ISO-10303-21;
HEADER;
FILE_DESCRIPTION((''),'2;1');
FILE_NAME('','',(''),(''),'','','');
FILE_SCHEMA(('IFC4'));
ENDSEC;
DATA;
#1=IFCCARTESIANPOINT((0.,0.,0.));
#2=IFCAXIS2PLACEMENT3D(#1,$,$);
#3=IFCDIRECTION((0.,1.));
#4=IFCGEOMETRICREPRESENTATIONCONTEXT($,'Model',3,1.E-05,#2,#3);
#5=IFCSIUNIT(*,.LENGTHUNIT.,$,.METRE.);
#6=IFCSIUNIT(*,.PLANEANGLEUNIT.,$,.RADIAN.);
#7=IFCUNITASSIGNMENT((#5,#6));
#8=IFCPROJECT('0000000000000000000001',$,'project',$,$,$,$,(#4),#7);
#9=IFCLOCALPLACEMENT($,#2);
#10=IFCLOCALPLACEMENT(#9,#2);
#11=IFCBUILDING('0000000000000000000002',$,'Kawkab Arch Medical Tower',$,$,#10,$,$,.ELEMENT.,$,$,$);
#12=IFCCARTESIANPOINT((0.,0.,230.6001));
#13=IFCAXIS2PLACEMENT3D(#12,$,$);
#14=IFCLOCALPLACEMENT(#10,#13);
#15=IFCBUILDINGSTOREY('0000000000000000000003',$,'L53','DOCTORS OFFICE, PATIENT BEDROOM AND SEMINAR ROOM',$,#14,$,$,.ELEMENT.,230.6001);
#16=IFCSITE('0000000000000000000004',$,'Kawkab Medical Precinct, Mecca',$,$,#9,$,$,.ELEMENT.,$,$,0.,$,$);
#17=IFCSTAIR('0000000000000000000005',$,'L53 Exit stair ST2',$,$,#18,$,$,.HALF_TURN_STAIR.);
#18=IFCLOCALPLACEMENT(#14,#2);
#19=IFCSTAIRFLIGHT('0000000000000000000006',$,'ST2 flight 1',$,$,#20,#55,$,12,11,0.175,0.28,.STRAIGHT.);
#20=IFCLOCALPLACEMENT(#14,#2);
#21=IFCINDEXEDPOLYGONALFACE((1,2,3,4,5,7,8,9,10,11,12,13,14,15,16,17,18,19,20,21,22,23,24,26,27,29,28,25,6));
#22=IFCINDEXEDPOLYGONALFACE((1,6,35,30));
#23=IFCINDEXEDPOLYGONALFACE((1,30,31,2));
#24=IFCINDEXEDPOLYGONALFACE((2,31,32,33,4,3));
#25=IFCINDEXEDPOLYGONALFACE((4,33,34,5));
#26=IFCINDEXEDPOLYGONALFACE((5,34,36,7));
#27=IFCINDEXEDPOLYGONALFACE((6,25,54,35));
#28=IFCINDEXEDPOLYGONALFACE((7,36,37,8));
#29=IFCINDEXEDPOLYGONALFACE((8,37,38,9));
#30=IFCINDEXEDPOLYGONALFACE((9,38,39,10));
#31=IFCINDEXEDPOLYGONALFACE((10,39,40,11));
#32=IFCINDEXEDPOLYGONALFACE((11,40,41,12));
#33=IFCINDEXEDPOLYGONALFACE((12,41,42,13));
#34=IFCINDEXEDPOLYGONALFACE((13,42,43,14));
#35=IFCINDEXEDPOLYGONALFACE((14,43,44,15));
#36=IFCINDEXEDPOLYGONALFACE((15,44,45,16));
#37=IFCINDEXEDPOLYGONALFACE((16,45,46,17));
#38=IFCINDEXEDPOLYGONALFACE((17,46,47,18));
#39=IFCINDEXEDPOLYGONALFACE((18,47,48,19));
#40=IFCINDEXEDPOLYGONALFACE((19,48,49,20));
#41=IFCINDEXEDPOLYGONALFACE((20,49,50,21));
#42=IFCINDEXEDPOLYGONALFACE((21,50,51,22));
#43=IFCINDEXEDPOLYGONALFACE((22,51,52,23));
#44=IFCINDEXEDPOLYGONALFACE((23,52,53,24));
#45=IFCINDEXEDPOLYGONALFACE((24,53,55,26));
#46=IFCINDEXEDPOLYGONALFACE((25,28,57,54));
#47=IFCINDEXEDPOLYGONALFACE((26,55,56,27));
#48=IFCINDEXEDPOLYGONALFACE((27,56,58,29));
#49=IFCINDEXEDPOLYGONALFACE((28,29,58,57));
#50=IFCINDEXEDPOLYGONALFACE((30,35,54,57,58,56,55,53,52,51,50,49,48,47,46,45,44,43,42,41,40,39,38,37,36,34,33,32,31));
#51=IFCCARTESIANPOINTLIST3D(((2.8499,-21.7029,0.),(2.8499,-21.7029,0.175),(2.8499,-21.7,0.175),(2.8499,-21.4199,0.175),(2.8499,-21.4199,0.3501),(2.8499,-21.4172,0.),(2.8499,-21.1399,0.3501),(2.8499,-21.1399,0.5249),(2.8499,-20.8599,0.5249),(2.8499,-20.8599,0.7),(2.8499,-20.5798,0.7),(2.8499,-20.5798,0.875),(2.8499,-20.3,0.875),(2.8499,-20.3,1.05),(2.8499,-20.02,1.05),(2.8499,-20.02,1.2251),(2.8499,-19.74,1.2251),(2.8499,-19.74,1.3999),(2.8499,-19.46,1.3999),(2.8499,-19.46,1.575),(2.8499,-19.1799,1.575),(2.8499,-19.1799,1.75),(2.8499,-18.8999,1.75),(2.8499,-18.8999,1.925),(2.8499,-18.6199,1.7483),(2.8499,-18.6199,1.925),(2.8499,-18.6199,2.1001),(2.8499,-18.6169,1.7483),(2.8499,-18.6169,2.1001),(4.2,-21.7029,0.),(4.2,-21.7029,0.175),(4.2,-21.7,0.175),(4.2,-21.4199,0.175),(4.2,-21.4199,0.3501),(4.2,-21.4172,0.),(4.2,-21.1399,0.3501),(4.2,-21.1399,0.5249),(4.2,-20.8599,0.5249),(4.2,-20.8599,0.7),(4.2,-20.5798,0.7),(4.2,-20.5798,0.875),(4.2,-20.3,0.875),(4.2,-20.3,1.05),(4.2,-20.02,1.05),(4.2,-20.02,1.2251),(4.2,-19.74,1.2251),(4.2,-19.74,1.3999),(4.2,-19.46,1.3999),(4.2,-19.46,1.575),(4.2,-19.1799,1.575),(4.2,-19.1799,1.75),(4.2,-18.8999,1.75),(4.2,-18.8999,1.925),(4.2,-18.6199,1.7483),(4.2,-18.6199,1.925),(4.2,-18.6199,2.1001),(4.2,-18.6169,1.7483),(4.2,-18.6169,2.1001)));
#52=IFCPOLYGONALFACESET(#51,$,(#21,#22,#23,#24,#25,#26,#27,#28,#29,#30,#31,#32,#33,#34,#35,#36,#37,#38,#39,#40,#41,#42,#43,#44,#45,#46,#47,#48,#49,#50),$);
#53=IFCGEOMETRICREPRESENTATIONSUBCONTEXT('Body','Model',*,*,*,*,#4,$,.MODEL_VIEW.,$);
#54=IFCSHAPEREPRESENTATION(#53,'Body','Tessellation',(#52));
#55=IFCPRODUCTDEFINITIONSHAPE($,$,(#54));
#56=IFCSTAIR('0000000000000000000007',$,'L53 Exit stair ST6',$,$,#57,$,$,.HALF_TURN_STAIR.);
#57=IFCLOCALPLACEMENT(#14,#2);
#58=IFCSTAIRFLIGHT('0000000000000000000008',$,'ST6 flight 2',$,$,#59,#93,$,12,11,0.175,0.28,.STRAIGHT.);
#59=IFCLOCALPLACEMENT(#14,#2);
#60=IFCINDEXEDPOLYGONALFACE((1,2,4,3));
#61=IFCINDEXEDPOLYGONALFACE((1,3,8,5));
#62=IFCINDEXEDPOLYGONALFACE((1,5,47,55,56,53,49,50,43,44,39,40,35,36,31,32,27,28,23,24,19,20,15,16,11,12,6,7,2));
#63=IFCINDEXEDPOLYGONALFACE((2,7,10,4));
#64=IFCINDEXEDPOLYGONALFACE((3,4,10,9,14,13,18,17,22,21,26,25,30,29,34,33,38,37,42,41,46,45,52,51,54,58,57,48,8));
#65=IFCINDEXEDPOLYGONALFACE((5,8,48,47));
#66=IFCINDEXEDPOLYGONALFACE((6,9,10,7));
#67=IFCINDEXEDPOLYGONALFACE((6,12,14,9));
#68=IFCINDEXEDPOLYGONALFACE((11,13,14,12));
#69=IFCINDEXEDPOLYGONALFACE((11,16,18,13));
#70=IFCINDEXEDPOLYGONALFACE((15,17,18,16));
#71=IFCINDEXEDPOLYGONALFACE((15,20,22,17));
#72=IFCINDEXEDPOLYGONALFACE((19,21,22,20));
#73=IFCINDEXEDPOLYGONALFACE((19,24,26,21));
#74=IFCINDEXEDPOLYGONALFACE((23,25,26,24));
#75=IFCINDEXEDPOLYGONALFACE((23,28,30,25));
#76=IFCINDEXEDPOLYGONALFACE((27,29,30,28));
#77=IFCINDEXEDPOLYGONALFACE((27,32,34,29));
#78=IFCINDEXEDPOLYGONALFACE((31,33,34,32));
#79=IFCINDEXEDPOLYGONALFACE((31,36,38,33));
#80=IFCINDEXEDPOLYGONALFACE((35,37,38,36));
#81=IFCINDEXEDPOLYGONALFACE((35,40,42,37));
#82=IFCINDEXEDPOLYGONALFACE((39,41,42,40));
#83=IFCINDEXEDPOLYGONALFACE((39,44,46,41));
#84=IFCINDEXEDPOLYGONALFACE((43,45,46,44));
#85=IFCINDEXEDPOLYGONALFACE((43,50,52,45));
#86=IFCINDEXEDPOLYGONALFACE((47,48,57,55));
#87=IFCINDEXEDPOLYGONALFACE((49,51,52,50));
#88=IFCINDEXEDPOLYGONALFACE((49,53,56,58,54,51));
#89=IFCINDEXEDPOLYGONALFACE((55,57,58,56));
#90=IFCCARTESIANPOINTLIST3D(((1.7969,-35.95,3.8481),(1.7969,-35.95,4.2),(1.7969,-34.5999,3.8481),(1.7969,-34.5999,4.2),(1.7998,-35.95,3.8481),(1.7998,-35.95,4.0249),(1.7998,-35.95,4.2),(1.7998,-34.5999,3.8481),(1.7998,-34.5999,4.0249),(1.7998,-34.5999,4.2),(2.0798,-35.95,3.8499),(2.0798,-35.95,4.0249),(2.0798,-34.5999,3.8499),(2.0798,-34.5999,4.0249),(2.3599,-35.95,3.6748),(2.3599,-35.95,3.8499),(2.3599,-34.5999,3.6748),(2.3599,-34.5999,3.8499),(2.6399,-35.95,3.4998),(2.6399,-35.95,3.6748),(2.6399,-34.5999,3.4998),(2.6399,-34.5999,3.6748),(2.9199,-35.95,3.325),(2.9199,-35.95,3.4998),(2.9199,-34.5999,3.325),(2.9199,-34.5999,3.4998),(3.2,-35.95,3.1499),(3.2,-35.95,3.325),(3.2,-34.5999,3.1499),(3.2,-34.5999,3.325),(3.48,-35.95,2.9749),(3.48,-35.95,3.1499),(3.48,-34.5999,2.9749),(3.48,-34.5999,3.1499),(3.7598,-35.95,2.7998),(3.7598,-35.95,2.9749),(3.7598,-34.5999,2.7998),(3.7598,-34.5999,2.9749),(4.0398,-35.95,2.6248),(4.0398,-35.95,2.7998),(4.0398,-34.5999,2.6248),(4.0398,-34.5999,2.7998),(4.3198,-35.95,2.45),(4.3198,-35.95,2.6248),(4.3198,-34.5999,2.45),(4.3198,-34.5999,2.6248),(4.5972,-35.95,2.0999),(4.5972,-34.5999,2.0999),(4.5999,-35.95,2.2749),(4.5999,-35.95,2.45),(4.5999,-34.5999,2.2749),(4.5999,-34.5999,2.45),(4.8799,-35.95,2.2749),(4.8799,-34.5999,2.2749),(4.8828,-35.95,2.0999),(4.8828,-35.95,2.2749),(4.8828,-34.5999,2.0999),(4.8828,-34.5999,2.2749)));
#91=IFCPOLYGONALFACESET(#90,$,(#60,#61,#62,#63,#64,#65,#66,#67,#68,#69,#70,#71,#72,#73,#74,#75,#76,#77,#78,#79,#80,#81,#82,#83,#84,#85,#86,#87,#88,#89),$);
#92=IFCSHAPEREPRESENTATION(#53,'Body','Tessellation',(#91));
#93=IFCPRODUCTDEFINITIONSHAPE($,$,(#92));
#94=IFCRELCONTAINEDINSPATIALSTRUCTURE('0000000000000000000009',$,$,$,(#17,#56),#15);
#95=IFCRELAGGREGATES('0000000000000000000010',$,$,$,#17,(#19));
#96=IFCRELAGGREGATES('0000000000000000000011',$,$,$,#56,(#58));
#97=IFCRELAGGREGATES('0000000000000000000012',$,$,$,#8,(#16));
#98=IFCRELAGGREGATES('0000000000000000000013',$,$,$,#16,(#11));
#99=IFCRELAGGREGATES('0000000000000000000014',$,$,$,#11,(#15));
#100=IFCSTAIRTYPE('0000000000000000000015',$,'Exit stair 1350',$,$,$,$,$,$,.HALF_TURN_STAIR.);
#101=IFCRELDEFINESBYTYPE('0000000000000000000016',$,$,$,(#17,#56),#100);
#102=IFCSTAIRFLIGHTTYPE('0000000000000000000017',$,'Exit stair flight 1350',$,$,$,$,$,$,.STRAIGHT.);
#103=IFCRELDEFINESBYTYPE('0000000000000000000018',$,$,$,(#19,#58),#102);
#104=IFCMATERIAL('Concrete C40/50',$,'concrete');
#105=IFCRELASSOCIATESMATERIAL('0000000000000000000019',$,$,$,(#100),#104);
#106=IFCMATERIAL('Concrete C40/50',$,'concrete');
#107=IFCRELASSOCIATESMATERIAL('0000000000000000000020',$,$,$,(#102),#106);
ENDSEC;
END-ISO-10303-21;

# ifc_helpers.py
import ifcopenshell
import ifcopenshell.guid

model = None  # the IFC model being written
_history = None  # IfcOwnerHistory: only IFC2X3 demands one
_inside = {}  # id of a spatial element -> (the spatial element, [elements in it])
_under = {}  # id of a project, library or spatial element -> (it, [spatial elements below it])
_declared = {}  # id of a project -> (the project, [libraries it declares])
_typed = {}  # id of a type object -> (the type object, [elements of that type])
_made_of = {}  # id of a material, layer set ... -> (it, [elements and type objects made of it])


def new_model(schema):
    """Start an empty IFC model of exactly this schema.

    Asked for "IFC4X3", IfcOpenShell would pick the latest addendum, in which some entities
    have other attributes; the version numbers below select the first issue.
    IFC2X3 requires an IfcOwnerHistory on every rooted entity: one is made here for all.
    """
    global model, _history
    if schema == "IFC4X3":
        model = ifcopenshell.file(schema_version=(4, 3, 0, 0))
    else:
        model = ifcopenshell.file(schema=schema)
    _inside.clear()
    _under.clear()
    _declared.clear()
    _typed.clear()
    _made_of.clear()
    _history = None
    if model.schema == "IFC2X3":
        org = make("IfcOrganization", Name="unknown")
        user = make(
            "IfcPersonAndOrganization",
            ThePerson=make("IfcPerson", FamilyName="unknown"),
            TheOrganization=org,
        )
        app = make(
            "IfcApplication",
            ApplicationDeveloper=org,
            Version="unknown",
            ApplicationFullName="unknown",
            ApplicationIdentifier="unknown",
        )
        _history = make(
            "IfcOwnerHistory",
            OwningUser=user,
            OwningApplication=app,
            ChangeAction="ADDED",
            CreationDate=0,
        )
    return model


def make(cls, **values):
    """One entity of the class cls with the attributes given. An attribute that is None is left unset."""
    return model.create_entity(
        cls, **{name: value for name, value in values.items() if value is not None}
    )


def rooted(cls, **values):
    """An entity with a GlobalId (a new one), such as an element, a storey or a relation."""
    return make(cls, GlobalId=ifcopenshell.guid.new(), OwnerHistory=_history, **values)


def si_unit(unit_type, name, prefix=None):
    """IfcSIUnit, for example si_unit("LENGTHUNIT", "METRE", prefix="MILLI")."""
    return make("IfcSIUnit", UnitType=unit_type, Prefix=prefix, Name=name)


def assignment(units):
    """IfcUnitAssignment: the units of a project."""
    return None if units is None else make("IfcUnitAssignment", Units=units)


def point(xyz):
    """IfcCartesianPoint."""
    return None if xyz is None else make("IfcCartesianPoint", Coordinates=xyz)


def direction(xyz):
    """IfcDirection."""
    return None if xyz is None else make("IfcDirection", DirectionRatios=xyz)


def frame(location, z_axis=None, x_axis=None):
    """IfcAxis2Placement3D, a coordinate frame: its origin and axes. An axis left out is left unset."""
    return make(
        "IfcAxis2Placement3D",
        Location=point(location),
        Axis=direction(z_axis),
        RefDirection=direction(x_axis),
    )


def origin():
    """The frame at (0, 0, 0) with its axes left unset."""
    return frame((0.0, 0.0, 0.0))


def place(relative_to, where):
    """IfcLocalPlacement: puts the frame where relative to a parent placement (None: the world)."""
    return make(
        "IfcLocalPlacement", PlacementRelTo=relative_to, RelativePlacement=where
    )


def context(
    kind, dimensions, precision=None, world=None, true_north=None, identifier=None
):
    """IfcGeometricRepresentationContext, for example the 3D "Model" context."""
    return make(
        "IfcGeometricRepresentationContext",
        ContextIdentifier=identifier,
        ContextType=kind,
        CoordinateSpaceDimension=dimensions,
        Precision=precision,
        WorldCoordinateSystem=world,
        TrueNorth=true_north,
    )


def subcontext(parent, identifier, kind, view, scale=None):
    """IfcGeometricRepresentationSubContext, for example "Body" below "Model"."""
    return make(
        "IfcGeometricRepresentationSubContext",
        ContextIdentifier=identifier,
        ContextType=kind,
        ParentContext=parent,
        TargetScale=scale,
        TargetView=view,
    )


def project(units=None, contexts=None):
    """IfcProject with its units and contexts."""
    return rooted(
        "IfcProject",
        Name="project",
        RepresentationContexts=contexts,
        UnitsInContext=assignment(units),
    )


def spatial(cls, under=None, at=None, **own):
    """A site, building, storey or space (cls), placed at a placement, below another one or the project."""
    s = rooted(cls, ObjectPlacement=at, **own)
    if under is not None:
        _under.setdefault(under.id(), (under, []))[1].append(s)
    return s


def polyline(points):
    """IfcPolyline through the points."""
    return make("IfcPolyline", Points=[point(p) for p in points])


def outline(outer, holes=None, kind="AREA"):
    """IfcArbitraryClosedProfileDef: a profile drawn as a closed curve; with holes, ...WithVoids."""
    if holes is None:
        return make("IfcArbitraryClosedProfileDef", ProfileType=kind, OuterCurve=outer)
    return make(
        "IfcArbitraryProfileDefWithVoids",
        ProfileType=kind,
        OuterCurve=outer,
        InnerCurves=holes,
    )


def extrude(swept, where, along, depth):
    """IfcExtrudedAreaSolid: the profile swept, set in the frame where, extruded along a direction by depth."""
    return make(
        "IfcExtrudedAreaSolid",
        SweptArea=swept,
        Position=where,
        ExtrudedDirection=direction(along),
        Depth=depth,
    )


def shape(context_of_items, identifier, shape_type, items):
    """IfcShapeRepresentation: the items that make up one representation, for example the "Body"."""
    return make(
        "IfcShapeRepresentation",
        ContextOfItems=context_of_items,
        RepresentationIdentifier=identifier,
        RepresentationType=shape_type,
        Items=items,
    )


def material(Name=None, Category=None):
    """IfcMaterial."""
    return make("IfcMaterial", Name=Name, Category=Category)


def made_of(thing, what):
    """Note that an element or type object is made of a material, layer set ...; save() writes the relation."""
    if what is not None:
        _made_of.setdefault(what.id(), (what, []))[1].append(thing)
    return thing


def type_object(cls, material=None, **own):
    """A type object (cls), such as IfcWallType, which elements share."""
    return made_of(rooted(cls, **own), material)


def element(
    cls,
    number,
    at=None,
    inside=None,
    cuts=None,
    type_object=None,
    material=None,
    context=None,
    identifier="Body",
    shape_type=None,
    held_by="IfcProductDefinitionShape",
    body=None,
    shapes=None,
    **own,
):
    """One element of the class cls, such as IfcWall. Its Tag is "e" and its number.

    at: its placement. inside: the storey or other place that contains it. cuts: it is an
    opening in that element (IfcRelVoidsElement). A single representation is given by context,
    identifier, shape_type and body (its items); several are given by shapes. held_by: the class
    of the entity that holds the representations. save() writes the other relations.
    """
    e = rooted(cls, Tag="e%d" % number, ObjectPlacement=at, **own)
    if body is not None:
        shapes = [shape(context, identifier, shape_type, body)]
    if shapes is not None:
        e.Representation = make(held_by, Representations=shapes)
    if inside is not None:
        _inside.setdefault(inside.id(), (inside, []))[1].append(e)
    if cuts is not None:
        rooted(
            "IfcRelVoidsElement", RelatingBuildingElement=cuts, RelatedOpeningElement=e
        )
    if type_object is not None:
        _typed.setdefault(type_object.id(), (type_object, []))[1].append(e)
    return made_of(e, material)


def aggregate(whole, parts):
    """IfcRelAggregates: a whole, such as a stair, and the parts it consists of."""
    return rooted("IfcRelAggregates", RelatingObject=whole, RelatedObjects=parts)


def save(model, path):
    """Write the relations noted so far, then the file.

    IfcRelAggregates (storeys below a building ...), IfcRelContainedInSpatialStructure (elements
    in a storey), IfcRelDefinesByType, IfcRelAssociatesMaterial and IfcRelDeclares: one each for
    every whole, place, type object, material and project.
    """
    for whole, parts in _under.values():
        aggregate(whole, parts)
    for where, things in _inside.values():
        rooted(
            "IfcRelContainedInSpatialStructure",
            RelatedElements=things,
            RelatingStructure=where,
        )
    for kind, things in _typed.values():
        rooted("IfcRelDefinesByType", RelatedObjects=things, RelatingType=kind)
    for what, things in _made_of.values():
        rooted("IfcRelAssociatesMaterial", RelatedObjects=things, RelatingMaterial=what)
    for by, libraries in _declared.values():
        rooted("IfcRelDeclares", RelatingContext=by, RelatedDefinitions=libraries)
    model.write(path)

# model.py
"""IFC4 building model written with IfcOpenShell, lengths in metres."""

from ifc_helpers import new_model, si_unit, direction, frame, origin, place, context, subcontext, project, spatial, polyline, outline, extrude, material, type_object, element, aggregate, save


model = new_model("IFC4")

# Units and contexts
model_context = context("Model", 3, precision=1e-05, world=origin(), true_north=direction((0.0, 1.0)))
body_context = subcontext(model_context, "Body", "Model", "MODEL_VIEW")
ifc_project = project(units=[si_unit("LENGTHUNIT", "METRE"), si_unit("PLANEANGLEUNIT", "RADIAN")], contexts=[model_context])

# Site, building, storey
site_placement = place(None, origin())
site = spatial("IfcSite", under=ifc_project, at=site_placement, Name="Kawkab Medical Precinct, Mecca", CompositionType="ELEMENT", RefElevation=0.0)
building_placement = place(site_placement, origin())
building = spatial("IfcBuilding", under=site, at=building_placement, Name="Kawkab Arch Medical Tower", CompositionType="ELEMENT")
storey_placement = place(building_placement, frame((0.0, 0.0, 230.6001)))
storey = spatial("IfcBuildingStorey", under=building, at=storey_placement, Name="L53", Description="DOCTORS OFFICE, PATIENT BEDROOM AND SEMINAR ROOM", CompositionType="ELEMENT", Elevation=230.6001)

# Stairs, stair flights
ifc_material_1 = material(Name="Concrete C40/50", Category="concrete")
stair_type = type_object("IfcStairType", Name="Exit stair 1350", PredefinedType="HALF_TURN_STAIR", material=ifc_material_1)
placement = place(storey_placement, origin())
stair_1 = element("IfcStair", 1, at=placement, inside=storey, type_object=stair_type, Name="L53 Exit stair ST2", PredefinedType="HALF_TURN_STAIR")
ifc_material_2 = material(Name="Concrete C40/50", Category="concrete")
stair_flight_type = type_object("IfcStairFlightType", Name="Exit stair flight 1350", PredefinedType="STRAIGHT", material=ifc_material_2)
stair_flight_1_placement = place(storey_placement, frame((3.5249, -21.7, 0.0), z_axis=(0.0, 0.0, 1.0), x_axis=(0.0, 1.0, 0.0)))
stair_flight_1 = element("IfcStairFlight", 2, at=stair_flight_1_placement, type_object=stair_flight_type, Name="ST2 flight 1", NumberOfRisers=12, NumberOfTreads=11, PredefinedType="STRAIGHT", RiserHeight=0.175, TreadLength=0.28, context=body_context, shape_type="SweptSolid", body=[
    extrude(outline(polyline([(-0.0029, 0.0), (-0.0029, 0.175), (0.0, 0.175), (0.28, 0.175), (0.28, 0.3501), (0.5601, 0.3501), (0.5601, 0.5249), (0.8401, 0.5249), (0.8401, 0.7), (1.1201, 0.7), (1.1201, 0.875), (1.3999, 0.875), (1.3999, 1.05), (1.6799, 1.05), (1.6799, 1.2251), (1.96, 1.2251), (1.96, 1.3999), (2.24, 1.3999), (2.24, 1.575), (2.52, 1.575), (2.52, 1.75), (2.8, 1.75), (2.8, 1.925), (3.0801, 1.925), (3.0801, 2.1001), (3.083, 2.1001), (3.083, 1.7483), (3.0801, 1.7483), (0.2827, 0.0), (-0.0029, 0.0)])), frame((0.0, 0.675, 0.0), z_axis=(0.0, -1.0, 0.0), x_axis=(1.0, 0.0, 0.0)), (0.0, 0.0, 1.0), 1.3501),
])
aggregate(stair_1, [stair_flight_1])
stair_2 = element("IfcStair", 3, at=placement, inside=storey, type_object=stair_type, Name="L53 Exit stair ST6", PredefinedType="HALF_TURN_STAIR")
stair_flight_2_placement = place(storey_placement, frame((4.8799, -35.2749, 2.0999), z_axis=(0.0, 0.0, 1.0), x_axis=(-1.0, 0.0, 0.0)))
stair_flight_2 = element("IfcStairFlight", 4, at=stair_flight_2_placement, type_object=stair_flight_type, Name="ST6 flight 2", NumberOfRisers=12, NumberOfTreads=11, PredefinedType="STRAIGHT", RiserHeight=0.175, TreadLength=0.28, context=body_context, shape_type="SweptSolid", body=[
    extrude(outline(polyline([(-0.0029, 0.0), (-0.0029, 0.175), (0.0, 0.175), (0.28, 0.175), (0.28, 0.3501), (0.5601, 0.3501), (0.5601, 0.5249), (0.8401, 0.5249), (0.8401, 0.7), (1.1201, 0.7), (1.1201, 0.875), (1.3999, 0.875), (1.3999, 1.05), (1.6799, 1.05), (1.6799, 1.2251), (1.96, 1.2251), (1.96, 1.3999), (2.24, 1.3999), (2.24, 1.575), (2.52, 1.575), (2.52, 1.75), (2.8, 1.75), (2.8, 1.925), (3.0801, 1.925), (3.0801, 2.1001), (3.083, 2.1001), (3.083, 1.7483), (3.0801, 1.7483), (0.2827, 0.0), (-0.0029, 0.0)])), frame((0.0, 0.675, 0.0), z_axis=(0.0, -1.0, 0.0), x_axis=(1.0, 0.0, 0.0)), (0.0, 0.0, 1.0), 1.3501),
])
aggregate(stair_2, [stair_flight_2])

save(model, "model.ifc")
